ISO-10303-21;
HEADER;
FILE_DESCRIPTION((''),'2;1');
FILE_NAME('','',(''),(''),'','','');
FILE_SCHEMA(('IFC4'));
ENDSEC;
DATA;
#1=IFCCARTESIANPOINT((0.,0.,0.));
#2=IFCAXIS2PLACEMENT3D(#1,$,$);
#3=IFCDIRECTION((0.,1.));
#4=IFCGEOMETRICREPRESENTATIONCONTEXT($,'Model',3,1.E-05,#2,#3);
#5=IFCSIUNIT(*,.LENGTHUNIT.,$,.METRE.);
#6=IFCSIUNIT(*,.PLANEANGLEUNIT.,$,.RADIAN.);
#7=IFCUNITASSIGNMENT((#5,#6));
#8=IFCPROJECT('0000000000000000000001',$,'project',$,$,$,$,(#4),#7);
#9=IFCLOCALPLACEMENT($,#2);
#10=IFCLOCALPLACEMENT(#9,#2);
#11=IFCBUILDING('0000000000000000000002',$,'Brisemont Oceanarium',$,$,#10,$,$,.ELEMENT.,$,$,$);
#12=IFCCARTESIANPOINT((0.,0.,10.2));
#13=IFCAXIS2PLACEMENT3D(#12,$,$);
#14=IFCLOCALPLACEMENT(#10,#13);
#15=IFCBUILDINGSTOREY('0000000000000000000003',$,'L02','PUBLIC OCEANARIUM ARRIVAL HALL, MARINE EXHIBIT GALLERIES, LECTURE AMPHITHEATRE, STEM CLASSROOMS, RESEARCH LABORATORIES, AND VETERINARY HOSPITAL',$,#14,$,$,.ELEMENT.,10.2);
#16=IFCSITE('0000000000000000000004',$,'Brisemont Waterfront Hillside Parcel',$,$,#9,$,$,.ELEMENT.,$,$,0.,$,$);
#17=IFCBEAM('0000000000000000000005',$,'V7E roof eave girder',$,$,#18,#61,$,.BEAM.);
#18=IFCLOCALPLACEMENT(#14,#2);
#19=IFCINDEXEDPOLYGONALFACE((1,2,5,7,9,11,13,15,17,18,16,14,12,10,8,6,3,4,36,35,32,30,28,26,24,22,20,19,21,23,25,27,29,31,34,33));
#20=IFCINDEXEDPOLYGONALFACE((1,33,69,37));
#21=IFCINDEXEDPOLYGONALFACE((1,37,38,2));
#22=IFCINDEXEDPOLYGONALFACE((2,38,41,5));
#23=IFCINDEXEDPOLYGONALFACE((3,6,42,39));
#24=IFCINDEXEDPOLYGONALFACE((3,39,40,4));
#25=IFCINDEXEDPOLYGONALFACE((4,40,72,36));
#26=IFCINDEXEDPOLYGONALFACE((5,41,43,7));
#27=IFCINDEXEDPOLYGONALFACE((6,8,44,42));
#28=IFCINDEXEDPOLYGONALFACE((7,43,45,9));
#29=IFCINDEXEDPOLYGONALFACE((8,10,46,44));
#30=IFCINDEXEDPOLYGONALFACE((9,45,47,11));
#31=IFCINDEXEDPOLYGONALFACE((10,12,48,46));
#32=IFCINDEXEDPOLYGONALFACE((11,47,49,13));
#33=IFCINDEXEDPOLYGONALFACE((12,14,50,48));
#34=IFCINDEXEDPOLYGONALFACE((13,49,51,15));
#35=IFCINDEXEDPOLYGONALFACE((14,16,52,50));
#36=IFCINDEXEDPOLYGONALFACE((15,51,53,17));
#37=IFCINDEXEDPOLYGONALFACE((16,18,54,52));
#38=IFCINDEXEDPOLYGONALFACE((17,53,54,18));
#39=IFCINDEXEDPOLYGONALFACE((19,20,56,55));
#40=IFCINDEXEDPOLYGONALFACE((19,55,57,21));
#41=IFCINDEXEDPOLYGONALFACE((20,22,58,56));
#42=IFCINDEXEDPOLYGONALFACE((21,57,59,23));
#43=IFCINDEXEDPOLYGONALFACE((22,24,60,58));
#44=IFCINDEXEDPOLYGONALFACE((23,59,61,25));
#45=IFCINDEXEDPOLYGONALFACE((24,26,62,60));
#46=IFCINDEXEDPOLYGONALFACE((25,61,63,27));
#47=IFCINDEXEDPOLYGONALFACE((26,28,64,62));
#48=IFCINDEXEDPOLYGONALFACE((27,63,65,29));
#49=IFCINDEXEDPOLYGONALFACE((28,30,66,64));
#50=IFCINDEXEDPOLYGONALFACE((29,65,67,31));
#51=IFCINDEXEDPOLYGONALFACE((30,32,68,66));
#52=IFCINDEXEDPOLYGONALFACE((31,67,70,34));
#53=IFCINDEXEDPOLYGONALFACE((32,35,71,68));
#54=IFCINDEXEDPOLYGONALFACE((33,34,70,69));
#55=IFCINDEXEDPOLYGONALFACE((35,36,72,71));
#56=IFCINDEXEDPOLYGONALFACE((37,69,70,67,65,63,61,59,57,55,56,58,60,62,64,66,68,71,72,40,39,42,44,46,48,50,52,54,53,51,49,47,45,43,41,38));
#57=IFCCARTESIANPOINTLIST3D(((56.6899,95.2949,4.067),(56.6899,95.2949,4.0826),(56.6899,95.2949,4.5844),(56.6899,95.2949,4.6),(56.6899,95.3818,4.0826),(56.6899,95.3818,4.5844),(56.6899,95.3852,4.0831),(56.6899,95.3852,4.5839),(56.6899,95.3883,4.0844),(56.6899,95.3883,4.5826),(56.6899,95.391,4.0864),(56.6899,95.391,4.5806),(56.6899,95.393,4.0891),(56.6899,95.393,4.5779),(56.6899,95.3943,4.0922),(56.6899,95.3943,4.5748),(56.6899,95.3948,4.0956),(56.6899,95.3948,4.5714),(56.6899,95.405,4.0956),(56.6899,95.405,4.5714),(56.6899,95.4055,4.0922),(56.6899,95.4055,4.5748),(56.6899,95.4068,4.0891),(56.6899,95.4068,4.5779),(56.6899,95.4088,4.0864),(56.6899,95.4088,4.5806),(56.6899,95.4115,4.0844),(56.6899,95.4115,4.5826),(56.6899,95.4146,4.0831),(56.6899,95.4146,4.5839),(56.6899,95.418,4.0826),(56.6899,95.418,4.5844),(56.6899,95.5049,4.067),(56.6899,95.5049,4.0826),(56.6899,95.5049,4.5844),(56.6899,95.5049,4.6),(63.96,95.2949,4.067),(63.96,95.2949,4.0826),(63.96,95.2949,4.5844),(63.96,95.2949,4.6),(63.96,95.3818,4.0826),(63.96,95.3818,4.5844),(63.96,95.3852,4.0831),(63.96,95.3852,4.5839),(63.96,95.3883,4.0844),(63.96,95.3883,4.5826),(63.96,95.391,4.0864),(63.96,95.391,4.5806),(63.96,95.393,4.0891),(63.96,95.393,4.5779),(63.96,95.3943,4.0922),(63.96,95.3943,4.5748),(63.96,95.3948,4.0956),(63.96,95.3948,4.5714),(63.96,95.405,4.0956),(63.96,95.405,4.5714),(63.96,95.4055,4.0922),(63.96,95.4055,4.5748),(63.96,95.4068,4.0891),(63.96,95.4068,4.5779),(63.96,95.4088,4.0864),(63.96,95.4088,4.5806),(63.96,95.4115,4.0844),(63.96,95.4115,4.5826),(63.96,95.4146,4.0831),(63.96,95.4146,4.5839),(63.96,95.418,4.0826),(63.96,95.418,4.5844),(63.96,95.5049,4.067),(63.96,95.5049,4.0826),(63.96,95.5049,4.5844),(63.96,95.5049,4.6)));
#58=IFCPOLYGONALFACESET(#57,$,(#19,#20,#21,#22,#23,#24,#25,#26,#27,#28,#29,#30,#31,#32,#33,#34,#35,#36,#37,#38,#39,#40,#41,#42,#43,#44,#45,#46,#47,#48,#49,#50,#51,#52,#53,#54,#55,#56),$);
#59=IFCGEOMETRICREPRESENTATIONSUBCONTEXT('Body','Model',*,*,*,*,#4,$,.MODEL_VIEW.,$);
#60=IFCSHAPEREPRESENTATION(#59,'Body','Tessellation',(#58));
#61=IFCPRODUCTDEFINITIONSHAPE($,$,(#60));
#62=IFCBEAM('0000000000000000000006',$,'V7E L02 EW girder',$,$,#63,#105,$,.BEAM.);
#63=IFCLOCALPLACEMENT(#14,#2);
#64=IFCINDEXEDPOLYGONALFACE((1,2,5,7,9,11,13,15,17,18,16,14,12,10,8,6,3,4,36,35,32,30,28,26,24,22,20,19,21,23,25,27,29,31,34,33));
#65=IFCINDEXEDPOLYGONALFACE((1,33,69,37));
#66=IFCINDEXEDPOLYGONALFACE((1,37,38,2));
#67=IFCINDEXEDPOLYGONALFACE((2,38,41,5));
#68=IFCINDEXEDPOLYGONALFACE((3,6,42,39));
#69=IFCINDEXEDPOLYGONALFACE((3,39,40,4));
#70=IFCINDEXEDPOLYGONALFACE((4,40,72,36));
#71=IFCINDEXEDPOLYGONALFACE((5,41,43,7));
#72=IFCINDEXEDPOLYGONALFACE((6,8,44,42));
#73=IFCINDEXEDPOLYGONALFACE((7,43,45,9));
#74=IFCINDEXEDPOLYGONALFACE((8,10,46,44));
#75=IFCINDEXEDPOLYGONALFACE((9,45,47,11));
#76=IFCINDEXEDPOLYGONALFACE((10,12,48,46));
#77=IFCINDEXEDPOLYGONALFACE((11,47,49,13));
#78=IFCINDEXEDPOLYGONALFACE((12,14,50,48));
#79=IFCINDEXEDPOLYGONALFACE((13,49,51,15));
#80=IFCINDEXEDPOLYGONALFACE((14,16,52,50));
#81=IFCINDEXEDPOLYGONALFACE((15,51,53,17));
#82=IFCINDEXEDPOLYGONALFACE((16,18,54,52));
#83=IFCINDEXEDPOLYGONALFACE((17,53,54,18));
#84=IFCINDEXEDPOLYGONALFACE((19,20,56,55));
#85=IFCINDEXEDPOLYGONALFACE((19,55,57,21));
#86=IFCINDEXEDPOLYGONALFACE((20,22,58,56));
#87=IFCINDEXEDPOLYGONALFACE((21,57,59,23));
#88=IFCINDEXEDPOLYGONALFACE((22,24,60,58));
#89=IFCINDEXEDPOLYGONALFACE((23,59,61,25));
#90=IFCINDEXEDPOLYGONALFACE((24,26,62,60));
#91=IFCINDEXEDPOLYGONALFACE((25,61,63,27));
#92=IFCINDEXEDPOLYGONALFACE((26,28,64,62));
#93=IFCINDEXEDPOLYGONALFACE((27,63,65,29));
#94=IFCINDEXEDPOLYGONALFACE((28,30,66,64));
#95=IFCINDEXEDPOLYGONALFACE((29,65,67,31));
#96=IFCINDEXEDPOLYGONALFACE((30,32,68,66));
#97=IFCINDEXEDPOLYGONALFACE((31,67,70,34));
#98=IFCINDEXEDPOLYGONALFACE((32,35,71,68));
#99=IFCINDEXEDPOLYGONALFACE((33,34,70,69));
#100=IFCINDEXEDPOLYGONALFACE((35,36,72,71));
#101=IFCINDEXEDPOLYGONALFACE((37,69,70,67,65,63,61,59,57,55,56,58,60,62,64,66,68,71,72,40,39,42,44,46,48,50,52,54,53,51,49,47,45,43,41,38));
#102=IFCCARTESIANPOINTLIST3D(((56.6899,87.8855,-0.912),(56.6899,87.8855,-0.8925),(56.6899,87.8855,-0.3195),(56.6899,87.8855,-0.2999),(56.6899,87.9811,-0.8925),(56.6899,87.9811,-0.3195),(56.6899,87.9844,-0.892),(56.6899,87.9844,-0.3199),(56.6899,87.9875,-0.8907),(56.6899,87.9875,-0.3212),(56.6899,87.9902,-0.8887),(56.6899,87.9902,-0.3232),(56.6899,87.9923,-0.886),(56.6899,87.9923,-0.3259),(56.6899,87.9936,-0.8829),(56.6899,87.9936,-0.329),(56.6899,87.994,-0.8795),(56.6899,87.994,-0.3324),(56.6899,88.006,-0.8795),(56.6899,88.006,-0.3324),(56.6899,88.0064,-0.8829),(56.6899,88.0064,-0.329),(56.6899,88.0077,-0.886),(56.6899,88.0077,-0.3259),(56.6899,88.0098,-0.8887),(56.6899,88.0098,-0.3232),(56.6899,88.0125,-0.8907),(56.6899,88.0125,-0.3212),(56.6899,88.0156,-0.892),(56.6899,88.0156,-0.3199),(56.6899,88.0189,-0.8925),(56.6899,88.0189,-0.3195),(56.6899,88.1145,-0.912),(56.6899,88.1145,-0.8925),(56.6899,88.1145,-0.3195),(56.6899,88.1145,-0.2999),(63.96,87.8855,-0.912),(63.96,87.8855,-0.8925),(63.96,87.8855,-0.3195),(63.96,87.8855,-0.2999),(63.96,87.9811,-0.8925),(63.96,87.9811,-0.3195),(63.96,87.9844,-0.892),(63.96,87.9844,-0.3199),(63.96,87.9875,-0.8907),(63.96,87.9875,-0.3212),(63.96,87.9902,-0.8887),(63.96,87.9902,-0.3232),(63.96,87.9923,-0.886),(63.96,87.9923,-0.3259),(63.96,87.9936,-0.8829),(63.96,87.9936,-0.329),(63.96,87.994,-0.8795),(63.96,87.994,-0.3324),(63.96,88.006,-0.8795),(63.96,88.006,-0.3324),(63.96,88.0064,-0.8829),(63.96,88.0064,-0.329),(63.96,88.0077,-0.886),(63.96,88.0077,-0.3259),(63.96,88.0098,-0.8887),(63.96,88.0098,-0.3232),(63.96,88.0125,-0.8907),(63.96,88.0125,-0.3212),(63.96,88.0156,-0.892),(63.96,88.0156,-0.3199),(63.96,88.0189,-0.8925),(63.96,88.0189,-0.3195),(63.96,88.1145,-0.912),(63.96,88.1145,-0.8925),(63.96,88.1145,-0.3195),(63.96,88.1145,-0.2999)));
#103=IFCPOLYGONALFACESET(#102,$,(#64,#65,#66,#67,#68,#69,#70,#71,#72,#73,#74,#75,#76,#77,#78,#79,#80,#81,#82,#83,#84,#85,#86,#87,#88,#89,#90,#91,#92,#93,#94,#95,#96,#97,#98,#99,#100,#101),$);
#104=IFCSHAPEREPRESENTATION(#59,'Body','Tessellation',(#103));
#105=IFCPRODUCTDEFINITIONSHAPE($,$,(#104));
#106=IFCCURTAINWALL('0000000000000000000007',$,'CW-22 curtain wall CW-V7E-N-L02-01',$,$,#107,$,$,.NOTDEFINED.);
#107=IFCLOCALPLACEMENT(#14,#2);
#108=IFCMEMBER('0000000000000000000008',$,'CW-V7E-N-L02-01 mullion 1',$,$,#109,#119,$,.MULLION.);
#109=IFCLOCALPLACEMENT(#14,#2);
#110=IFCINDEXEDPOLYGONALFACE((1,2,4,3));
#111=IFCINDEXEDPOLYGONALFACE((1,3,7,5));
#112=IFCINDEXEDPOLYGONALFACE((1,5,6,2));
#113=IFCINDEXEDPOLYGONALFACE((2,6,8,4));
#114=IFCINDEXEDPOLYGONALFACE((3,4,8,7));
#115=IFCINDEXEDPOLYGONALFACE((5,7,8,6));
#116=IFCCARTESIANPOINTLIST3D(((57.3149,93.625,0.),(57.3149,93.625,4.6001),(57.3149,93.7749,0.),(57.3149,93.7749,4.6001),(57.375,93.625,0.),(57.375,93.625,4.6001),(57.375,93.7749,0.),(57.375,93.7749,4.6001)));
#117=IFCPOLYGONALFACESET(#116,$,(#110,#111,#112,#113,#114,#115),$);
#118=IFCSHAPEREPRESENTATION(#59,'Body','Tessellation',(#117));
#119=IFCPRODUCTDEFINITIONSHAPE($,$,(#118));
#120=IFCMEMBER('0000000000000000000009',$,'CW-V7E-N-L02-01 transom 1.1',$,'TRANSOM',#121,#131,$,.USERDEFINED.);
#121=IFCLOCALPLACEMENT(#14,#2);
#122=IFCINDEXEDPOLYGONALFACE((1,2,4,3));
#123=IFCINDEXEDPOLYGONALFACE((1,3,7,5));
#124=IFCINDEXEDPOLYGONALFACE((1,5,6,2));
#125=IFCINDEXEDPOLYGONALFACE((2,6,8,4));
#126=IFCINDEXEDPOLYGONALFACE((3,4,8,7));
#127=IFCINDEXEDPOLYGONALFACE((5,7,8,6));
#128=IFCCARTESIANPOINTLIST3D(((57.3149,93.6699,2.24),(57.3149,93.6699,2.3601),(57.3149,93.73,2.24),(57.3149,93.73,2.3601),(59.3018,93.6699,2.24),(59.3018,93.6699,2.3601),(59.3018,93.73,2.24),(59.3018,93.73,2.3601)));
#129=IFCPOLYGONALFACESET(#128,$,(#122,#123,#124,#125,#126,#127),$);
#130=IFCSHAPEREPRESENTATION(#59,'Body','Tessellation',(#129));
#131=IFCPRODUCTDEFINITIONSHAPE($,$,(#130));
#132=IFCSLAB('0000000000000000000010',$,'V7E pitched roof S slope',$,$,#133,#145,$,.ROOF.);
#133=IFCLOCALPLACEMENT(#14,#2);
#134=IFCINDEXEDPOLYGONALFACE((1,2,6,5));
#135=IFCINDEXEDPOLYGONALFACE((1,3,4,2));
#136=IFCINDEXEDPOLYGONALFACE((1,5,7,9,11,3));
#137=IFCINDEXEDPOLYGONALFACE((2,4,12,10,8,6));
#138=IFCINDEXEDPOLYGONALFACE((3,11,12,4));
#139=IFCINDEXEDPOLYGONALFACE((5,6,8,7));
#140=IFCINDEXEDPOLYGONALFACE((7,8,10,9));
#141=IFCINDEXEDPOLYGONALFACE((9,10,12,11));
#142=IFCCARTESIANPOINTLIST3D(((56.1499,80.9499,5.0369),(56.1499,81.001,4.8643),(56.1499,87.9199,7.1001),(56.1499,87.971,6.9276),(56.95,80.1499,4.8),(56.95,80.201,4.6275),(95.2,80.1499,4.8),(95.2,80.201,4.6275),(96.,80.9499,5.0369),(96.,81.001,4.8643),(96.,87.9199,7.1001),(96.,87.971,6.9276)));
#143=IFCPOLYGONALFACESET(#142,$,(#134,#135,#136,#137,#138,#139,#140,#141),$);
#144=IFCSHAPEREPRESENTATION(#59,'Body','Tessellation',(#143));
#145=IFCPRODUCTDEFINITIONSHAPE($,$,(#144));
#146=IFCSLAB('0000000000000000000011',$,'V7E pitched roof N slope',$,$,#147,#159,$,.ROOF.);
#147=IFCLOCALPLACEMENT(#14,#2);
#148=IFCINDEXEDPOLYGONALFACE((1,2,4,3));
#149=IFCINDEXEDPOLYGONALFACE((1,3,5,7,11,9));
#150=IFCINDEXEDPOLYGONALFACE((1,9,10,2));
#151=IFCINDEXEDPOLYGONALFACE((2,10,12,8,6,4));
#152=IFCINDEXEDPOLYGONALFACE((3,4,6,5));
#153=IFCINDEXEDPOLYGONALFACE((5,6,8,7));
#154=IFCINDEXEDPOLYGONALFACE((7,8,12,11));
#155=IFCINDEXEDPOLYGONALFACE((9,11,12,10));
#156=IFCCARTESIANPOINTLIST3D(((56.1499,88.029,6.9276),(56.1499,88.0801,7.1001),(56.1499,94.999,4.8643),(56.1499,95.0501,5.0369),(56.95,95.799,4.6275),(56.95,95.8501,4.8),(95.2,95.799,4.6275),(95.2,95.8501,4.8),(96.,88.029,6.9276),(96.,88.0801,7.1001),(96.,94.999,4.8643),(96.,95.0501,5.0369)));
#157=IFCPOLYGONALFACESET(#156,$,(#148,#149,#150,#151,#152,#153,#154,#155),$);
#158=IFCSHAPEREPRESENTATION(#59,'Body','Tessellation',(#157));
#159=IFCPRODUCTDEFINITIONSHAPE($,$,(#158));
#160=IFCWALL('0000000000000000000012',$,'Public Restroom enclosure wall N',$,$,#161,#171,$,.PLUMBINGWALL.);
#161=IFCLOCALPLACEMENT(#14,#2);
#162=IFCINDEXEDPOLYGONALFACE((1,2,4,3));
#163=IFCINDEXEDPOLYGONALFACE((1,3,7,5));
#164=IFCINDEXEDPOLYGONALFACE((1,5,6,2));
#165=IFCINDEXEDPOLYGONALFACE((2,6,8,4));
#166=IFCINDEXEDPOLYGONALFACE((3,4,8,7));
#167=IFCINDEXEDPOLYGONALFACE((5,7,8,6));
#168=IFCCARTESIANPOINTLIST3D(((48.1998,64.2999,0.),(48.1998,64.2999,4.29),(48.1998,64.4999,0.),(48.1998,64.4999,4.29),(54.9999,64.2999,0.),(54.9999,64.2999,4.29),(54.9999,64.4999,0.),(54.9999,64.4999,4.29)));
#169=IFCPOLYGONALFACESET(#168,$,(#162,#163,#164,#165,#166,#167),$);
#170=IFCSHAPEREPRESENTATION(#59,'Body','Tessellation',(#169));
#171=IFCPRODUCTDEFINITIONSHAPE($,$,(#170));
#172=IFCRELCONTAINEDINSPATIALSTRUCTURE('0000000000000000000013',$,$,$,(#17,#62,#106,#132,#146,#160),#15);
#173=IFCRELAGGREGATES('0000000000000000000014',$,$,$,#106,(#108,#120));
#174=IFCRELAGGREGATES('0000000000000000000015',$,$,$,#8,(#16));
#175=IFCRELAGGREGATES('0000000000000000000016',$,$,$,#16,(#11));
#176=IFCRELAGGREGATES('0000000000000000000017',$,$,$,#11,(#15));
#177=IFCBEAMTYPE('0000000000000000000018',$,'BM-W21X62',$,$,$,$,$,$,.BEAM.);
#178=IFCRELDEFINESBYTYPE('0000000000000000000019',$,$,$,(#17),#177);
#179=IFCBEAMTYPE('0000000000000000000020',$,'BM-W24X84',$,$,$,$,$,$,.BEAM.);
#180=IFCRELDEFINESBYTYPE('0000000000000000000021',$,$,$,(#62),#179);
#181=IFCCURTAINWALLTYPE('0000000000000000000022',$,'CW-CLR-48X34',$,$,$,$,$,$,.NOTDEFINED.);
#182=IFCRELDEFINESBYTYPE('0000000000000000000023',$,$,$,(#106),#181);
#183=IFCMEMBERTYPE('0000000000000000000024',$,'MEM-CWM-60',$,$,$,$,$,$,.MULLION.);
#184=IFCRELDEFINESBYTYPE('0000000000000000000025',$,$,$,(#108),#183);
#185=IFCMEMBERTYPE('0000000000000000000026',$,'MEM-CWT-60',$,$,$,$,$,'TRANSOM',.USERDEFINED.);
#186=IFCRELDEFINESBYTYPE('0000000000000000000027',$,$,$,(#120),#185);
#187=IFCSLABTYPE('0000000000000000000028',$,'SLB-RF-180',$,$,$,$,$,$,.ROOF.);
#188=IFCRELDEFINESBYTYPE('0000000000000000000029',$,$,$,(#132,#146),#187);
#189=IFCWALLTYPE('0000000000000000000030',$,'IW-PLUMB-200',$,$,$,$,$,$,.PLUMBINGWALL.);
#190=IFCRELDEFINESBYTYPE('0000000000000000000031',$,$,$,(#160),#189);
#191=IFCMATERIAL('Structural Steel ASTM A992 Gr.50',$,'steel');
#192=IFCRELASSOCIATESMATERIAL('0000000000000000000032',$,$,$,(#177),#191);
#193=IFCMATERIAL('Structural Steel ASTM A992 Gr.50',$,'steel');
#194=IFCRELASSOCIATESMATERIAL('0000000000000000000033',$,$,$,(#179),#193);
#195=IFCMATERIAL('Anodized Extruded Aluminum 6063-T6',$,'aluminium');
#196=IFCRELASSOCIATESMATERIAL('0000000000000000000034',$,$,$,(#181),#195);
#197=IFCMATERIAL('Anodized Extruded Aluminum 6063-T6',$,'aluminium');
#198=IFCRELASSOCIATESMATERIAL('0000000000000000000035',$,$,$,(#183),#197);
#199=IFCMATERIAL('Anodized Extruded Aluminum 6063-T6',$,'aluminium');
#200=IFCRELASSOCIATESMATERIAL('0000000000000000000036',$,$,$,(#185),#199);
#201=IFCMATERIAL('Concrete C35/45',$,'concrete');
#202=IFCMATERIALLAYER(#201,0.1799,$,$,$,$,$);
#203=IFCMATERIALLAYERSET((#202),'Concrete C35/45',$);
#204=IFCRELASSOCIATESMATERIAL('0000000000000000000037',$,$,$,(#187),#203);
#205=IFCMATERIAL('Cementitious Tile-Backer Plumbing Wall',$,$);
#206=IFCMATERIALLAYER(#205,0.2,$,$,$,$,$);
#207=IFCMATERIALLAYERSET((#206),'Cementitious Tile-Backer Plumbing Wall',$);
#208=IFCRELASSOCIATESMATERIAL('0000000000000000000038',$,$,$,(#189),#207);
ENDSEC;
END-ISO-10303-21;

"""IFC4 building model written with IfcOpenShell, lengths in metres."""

from ifc_helpers import new_model, si_unit, direction, frame, frame_2d, origin, origin_2d, place, context, subcontext, project, spatial, polyline, rectangle, i_section, outline, extrude, material, layer, layer_set, material_profile, profile_set, type_object, element, aggregate, save


model = new_model("IFC4")

# Units and contexts
model_context = context("Model", 3, precision=1e-05, world=origin(), true_north=direction((0.0, 1.0)))
body_context = subcontext(model_context, "Body", "Model", "MODEL_VIEW")
ifc_project = project(units=[si_unit("LENGTHUNIT", "METRE"), si_unit("PLANEANGLEUNIT", "RADIAN")], contexts=[model_context])

# Site, building, storey
site_placement = place(None, origin())
site = spatial("IfcSite", under=ifc_project, at=site_placement, Name="Brisemont Waterfront Hillside Parcel", CompositionType="ELEMENT", RefElevation=0.0)
building_placement = place(site_placement, origin())
building = spatial("IfcBuilding", under=site, at=building_placement, Name="Brisemont Oceanarium", CompositionType="ELEMENT")
storey_placement = place(building_placement, frame((0.0, 0.0, 10.2)))
storey = spatial("IfcBuildingStorey", under=building, at=storey_placement, Name="L02", Description="PUBLIC OCEANARIUM ARRIVAL HALL, MARINE EXHIBIT GALLERIES, LECTURE AMPHITHEATRE, STEM CLASSROOMS, RESEARCH LABORATORIES, AND VETERINARY HOSPITAL", CompositionType="ELEMENT", Elevation=10.2)

# Beams
ifc_material_1 = material(Name="Structural Steel ASTM A992 Gr.50", Category="steel")
ifc_material_profile_1 = material_profile(ifc_material_1, i_section(OverallWidth=0.21, OverallDepth=0.533, WebThickness=0.0103, FlangeThickness=0.0156, FilletRadius=0.0129, at=origin_2d()), Name="W21X62")
ifc_profile_set_1 = profile_set([ifc_material_profile_1], Name="Structural Steel ASTM A992 Gr.50")
beam_type_1 = type_object("IfcBeamType", Name="BM-W21X62", PredefinedType="BEAM", material=ifc_profile_set_1)
for number, where, z_axis, x_axis, name in (
    (1, (56.6899, 95.3999, 4.3335), (1.0, 0.0, 0.0), (0.0, 1.0, 0.0), "V7E roof eave girder"),
):
    element("IfcBeam", number, at=place(storey_placement, frame(where, z_axis=z_axis, x_axis=x_axis)), inside=storey, type_object=beam_type_1, Name=name, PredefinedType="BEAM", context=body_context, shape_type="SweptSolid", body=[
        extrude(i_section(OverallWidth=0.21, OverallDepth=0.533, WebThickness=0.0103, FlangeThickness=0.0156, FilletRadius=0.0129, at=origin_2d()), origin(), (0.0, 0.0, 1.0), 7.27),
    ])
ifc_material_2 = material(Name="Structural Steel ASTM A992 Gr.50", Category="steel")
ifc_material_profile_2 = material_profile(ifc_material_2, i_section(OverallWidth=0.229, OverallDepth=0.6121, WebThickness=0.012, FlangeThickness=0.0195, FilletRadius=0.0129, at=origin_2d()), Name="W24X84")
ifc_profile_set_2 = profile_set([ifc_material_profile_2], Name="Structural Steel ASTM A992 Gr.50")
beam_type_2 = type_object("IfcBeamType", Name="BM-W24X84", PredefinedType="BEAM", material=ifc_profile_set_2)
beam_1_placement = place(storey_placement, frame((56.6899, 88.0, -0.606), z_axis=(1.0, 0.0, 0.0), x_axis=(0.0, 1.0, 0.0)))
element("IfcBeam", 2, at=beam_1_placement, inside=storey, type_object=beam_type_2, Name="V7E L02 EW girder", PredefinedType="BEAM", context=body_context, shape_type="SweptSolid", body=[
    extrude(i_section(OverallWidth=0.229, OverallDepth=0.6121, WebThickness=0.012, FlangeThickness=0.0195, FilletRadius=0.0129, at=origin_2d()), origin(), (0.0, 0.0, 1.0), 7.27),
])

# Curtain wall, members
ifc_material_3 = material(Name="Anodized Extruded Aluminum 6063-T6", Category="aluminium")
curtain_wall_type = type_object("IfcCurtainWallType", Name="CW-CLR-48X34", PredefinedType="NOTDEFINED", material=ifc_material_3)
curtain_wall_placement = place(storey_placement, origin())
curtain_wall = element("IfcCurtainWall", 3, at=curtain_wall_placement, inside=storey, type_object=curtain_wall_type, Name="CW-22 curtain wall CW-V7E-N-L02-01", PredefinedType="NOTDEFINED")
ifc_material_4 = material(Name="Anodized Extruded Aluminum 6063-T6", Category="aluminium")
ifc_material_profile_3 = material_profile(ifc_material_4, rectangle(XDim=0.0601, YDim=0.1499, at=origin_2d()), Name="CWM-60X150")
ifc_profile_set_3 = profile_set([ifc_material_profile_3], Name="Anodized Extruded Aluminum 6063-T6")
member_type_1 = type_object("IfcMemberType", Name="MEM-CWM-60", PredefinedType="MULLION", material=ifc_profile_set_3)
member_1_placement = place(storey_placement, frame((57.345, 93.7, 0.0), z_axis=(0.0, 0.0, 1.0), x_axis=(1.0, 0.0, 0.0)))
member_1 = element("IfcMember", 4, at=member_1_placement, type_object=member_type_1, Name="CW-V7E-N-L02-01 mullion 1", PredefinedType="MULLION", context=body_context, shape_type="SweptSolid", body=[
    extrude(rectangle(XDim=0.0601, YDim=0.1499, at=origin_2d()), origin(), (0.0, 0.0, 1.0), 4.6001),
])
ifc_material_5 = material(Name="Anodized Extruded Aluminum 6063-T6", Category="aluminium")
ifc_material_profile_4 = material_profile(ifc_material_5, rectangle(XDim=0.0601, YDim=0.1201, at=origin_2d()), Name="CWT-60X120")
ifc_profile_set_4 = profile_set([ifc_material_profile_4], Name="Anodized Extruded Aluminum 6063-T6")
member_type_2 = type_object("IfcMemberType", Name="MEM-CWT-60", ElementType="TRANSOM", PredefinedType="USERDEFINED", material=ifc_profile_set_4)
member_2_placement = place(storey_placement, frame((57.3149, 93.7, 2.3), z_axis=(1.0, 0.0, 0.0), x_axis=(0.0, 1.0, 0.0)))
member_2 = element("IfcMember", 5, at=member_2_placement, type_object=member_type_2, Name="CW-V7E-N-L02-01 transom 1.1", ObjectType="TRANSOM", PredefinedType="USERDEFINED", context=body_context, shape_type="SweptSolid", body=[
    extrude(rectangle(XDim=0.0601, YDim=0.1201, at=origin_2d()), origin(), (0.0, 0.0, 1.0), 1.9868),
])
aggregate(curtain_wall, [member_1, member_2])

# Slabs
ifc_material_6 = material(Name="Concrete C35/45", Category="concrete")
ifc_layer_1 = layer(ifc_material_6, 0.1799)
ifc_layer_set_1 = layer_set([ifc_layer_1], Name="Concrete C35/45")
slab_type = type_object("IfcSlabType", Name="SLB-RF-180", PredefinedType="ROOF", material=ifc_layer_set_1)
slab_1_placement = place(storey_placement, frame((56.95, 80.1499, 4.8), z_axis=(0.0, -0.283841, 0.958871), x_axis=(1.0, 0.0, 0.0)))
element("IfcSlab", 6, at=slab_1_placement, inside=storey, type_object=slab_type, Name="V7E pitched roof S slope", PredefinedType="ROOF", context=body_context, shape_type="SweptSolid", body=[
    extrude(outline(polyline([(0.0, 0.0), (38.25, 0.0), (39.05, 0.8344), (39.05, 8.1033), (-0.8, 8.1033), (-0.8, 0.8344), (0.0, 0.0)])), origin(), (0.0, 0.0, -1.0), 0.1799),
])
slab_2_placement = place(storey_placement, frame((56.1499, 88.0801, 7.1001), z_axis=(0.0, 0.283841, 0.958871), x_axis=(1.0, 0.0, 0.0)))
element("IfcSlab", 7, at=slab_2_placement, inside=storey, type_object=slab_type, Name="V7E pitched roof N slope", PredefinedType="ROOF", context=body_context, shape_type="SweptSolid", body=[
    extrude(outline(polyline([(0.0, 0.0), (39.8501, 0.0), (39.8501, 7.2689), (39.05, 8.1033), (0.8, 8.1033), (0.0, 7.2689), (0.0, 0.0)])), origin(), (0.0, 0.0, -1.0), 0.1799),
])

# Wall
ifc_material_7 = material(Name="Cementitious Tile-Backer Plumbing Wall")
ifc_layer_2 = layer(ifc_material_7, 0.2)
ifc_layer_set_2 = layer_set([ifc_layer_2], Name="Cementitious Tile-Backer Plumbing Wall")
wall_type = type_object("IfcWallType", Name="IW-PLUMB-200", PredefinedType="PLUMBINGWALL", material=ifc_layer_set_2)
wall_1_placement = place(storey_placement, frame((48.2, 64.3999, 0.0), z_axis=(0.0, 0.0, 1.0), x_axis=(1.0, 0.0, 0.0)))
element("IfcWall", 8, at=wall_1_placement, inside=storey, type_object=wall_type, Name="Public Restroom enclosure wall N", PredefinedType="PLUMBINGWALL", context=body_context, shape_type="SweptSolid", body=[
    extrude(rectangle(XDim=6.8, YDim=0.2, at=frame_2d((3.3999, 0.0))), origin(), (0.0, 0.0, 1.0), 4.29),
])

save(model, "model.ifc")
